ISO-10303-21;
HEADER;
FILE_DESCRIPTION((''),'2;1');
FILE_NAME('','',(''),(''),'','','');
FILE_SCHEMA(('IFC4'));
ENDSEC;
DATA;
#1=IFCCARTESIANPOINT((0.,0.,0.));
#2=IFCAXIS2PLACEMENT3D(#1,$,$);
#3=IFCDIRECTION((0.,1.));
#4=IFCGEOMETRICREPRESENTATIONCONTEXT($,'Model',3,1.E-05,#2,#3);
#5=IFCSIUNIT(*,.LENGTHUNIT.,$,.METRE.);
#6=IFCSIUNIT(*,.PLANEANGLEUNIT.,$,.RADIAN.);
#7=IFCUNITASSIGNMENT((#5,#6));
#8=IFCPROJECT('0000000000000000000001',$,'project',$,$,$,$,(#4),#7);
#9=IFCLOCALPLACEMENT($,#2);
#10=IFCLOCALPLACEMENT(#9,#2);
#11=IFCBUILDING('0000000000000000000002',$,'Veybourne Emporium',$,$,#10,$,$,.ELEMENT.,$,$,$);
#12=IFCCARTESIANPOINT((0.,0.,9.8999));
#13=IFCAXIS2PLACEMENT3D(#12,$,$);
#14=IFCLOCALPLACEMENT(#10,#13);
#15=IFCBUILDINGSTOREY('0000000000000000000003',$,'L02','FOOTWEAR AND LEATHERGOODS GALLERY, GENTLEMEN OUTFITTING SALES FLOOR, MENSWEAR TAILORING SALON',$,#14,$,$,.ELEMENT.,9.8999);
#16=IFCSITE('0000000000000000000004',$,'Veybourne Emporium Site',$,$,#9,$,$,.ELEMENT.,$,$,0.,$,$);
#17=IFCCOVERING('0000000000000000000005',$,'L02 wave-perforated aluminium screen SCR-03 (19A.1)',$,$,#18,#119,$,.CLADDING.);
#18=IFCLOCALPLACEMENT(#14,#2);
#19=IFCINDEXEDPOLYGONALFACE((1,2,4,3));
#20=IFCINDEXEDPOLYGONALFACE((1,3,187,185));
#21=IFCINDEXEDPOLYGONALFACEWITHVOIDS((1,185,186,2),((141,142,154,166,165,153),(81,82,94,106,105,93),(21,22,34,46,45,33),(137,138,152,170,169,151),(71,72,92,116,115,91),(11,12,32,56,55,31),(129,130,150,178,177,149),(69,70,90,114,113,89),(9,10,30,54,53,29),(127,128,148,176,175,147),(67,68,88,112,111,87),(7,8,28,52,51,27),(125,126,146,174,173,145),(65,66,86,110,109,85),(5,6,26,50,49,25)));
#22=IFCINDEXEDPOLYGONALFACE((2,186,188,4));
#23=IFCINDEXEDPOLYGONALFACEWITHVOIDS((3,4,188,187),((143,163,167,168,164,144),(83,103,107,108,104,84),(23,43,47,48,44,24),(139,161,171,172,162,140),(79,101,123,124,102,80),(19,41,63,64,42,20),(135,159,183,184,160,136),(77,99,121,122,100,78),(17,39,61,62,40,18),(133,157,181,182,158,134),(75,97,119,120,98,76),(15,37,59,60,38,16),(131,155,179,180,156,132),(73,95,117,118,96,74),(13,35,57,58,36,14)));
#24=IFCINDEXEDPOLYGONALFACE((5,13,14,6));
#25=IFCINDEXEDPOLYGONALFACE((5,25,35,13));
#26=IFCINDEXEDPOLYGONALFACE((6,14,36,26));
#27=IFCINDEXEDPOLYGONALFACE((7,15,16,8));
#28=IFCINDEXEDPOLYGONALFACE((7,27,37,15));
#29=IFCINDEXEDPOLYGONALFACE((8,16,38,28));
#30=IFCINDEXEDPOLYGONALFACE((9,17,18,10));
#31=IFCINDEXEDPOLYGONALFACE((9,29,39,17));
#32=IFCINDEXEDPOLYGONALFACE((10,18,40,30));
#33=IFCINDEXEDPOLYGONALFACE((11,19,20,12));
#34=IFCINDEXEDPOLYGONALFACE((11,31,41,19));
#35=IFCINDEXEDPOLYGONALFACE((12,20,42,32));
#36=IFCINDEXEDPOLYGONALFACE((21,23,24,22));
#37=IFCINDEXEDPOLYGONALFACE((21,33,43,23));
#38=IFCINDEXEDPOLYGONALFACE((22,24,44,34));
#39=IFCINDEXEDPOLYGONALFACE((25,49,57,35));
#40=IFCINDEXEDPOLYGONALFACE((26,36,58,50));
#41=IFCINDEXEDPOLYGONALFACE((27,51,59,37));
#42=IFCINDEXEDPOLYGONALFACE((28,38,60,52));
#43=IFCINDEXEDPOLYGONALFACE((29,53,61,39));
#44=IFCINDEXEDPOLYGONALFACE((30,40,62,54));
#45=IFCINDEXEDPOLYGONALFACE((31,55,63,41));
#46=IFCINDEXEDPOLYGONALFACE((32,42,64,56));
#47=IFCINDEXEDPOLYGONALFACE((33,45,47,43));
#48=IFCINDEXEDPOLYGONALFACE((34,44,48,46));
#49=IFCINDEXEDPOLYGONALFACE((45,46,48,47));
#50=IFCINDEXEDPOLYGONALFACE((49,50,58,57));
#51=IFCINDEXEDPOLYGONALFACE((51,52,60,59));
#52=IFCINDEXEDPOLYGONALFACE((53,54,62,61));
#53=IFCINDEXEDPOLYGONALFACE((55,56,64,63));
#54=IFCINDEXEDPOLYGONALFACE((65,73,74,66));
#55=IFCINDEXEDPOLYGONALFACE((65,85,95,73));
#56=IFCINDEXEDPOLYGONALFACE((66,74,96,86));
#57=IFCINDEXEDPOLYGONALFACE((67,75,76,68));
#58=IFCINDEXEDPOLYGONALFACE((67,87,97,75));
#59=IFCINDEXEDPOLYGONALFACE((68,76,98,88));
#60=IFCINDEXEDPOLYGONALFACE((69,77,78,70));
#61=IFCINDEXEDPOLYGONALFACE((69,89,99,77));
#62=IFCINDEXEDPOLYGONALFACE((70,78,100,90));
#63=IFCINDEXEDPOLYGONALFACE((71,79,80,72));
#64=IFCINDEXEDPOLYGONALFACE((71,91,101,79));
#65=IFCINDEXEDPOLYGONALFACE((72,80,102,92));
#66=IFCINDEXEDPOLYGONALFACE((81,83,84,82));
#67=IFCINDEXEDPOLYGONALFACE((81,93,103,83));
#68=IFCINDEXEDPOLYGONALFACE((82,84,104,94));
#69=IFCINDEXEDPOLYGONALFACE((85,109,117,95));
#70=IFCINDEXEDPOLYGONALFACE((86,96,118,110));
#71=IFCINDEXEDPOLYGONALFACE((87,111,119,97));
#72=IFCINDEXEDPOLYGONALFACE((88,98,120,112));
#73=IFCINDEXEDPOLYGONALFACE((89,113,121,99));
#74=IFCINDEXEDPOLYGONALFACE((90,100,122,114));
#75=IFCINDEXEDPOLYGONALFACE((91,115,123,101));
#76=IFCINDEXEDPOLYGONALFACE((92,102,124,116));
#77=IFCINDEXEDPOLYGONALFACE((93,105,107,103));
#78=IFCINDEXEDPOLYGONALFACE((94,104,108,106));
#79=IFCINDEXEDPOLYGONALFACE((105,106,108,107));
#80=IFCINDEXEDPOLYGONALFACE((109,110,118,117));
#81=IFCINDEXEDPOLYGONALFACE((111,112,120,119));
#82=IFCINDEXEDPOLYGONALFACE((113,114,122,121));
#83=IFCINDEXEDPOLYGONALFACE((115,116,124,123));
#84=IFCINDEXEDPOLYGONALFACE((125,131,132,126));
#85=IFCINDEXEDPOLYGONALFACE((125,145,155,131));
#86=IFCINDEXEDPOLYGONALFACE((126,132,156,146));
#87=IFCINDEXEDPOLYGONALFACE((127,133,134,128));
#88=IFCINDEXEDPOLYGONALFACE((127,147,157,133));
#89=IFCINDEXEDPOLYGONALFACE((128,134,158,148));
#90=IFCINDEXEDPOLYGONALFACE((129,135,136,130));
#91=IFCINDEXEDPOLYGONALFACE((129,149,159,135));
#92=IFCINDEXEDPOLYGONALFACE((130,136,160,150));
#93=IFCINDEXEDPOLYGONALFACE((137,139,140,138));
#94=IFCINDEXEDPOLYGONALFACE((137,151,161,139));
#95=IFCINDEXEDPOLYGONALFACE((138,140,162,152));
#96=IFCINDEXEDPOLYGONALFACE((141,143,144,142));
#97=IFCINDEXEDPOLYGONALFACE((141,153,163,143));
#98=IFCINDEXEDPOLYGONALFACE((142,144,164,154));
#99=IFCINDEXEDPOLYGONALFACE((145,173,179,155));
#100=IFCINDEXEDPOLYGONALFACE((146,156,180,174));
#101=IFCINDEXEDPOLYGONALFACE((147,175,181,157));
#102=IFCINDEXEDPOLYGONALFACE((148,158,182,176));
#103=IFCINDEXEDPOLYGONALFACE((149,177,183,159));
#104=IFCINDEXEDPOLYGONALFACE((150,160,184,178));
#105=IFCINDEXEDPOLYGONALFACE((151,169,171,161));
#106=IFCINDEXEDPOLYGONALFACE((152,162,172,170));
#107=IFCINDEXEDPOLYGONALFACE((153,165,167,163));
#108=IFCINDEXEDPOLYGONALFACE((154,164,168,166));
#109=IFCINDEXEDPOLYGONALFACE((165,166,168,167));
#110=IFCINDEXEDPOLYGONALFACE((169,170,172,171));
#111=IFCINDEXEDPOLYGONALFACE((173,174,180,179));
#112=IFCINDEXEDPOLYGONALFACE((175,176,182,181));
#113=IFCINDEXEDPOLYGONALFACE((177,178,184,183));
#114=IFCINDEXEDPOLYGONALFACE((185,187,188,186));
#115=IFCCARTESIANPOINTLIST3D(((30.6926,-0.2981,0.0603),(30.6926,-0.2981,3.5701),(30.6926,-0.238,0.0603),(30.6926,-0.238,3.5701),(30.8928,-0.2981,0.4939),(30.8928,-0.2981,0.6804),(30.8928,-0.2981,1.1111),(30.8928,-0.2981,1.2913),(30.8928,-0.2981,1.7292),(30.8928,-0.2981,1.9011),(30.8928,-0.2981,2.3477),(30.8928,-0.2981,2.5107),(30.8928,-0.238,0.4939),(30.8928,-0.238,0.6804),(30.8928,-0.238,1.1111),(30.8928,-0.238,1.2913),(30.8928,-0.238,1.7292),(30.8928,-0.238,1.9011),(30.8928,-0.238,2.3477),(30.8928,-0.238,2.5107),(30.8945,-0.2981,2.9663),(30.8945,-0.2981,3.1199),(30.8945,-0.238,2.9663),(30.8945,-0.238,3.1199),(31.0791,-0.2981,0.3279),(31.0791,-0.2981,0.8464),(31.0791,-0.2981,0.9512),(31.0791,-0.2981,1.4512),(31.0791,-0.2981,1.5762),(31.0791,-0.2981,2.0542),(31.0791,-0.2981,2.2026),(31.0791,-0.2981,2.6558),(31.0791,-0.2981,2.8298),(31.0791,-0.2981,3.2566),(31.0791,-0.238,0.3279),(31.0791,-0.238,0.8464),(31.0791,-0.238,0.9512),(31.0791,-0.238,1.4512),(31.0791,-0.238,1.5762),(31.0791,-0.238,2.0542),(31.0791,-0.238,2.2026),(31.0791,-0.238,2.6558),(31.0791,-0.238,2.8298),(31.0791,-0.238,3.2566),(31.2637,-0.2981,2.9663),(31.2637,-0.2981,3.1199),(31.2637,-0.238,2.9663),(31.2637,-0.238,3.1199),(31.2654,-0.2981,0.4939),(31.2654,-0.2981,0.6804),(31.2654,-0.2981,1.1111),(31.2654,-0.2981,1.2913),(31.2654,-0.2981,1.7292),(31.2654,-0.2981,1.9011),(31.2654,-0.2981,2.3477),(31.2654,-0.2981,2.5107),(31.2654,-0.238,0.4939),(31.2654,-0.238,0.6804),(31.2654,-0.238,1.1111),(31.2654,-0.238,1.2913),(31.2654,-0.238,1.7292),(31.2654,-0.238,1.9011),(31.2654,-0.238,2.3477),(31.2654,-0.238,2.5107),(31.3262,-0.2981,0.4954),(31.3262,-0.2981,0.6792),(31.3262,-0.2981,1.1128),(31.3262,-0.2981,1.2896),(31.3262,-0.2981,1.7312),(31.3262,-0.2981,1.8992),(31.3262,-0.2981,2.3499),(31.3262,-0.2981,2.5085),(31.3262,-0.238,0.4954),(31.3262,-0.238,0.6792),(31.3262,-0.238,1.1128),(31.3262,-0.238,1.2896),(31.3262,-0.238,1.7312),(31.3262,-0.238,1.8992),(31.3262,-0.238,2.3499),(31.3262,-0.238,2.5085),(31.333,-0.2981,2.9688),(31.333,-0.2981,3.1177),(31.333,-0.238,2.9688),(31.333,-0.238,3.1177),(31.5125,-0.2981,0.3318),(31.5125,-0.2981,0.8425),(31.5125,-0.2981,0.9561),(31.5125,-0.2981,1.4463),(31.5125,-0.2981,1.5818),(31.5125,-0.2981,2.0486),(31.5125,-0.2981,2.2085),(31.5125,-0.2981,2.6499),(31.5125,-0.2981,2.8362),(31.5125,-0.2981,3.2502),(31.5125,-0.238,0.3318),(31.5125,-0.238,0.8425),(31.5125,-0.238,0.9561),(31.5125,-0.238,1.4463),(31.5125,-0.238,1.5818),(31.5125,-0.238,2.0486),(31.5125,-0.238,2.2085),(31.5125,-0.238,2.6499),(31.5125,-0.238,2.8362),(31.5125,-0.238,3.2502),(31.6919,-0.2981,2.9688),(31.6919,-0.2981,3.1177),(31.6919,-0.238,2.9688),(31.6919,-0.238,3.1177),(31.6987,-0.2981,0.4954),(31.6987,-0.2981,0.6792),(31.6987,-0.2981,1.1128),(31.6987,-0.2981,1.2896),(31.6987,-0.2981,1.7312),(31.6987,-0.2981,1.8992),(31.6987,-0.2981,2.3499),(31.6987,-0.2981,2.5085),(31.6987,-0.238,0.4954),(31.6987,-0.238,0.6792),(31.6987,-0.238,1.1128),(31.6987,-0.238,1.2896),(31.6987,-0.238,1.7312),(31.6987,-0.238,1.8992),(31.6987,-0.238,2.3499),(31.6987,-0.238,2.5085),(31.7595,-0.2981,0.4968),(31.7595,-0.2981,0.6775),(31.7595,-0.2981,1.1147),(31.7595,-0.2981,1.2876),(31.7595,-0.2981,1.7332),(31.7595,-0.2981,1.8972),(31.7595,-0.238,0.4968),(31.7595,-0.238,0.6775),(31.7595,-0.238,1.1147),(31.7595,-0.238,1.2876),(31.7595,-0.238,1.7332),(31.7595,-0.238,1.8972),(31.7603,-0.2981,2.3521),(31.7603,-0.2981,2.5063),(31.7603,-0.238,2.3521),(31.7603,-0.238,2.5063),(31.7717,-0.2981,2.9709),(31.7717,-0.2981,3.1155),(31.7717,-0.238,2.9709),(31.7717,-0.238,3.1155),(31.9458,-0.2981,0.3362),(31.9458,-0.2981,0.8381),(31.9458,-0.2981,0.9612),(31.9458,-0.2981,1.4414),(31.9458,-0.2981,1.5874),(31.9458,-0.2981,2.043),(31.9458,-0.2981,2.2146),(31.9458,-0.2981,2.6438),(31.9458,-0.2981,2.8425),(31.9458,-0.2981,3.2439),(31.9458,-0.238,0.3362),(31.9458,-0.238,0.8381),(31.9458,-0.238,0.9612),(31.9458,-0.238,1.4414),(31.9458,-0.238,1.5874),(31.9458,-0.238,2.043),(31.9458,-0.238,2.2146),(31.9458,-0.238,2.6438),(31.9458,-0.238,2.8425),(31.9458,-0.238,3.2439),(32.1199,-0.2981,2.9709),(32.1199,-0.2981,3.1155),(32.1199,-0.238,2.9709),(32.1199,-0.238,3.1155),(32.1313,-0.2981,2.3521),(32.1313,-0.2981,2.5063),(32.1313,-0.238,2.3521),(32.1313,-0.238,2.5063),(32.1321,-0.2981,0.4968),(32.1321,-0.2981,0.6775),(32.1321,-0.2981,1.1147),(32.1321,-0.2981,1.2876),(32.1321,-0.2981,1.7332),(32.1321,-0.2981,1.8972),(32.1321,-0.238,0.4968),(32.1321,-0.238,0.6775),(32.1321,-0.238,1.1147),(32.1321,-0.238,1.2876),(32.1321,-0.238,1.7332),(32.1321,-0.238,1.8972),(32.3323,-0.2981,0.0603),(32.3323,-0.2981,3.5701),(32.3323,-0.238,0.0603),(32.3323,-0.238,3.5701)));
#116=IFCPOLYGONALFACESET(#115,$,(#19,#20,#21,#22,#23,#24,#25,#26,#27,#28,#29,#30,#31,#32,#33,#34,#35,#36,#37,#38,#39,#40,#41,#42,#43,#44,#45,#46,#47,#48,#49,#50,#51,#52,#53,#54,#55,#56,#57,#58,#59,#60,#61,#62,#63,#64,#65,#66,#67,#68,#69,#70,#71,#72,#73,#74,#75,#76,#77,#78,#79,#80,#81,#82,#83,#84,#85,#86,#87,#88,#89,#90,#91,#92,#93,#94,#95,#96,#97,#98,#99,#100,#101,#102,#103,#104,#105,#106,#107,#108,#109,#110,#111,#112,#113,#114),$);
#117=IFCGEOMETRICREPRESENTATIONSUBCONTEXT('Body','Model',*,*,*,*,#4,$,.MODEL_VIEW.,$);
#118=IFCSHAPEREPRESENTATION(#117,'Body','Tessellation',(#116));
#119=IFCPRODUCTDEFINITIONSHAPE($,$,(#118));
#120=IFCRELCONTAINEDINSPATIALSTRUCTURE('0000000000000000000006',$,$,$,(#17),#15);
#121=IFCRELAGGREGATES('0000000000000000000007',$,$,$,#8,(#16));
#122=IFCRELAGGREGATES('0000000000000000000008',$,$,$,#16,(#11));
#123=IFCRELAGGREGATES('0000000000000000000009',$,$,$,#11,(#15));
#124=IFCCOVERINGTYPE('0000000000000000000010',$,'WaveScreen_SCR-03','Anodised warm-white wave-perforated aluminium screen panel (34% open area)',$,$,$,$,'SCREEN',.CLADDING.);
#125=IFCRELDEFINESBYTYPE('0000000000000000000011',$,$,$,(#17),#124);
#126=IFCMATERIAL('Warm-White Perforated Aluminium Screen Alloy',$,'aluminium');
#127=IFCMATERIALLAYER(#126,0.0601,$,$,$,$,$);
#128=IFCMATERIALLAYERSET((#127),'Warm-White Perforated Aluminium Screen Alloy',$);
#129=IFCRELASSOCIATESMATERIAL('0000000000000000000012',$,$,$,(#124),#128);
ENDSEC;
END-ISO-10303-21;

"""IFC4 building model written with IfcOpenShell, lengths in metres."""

from ifc_helpers import new_model, si_unit, direction, frame, origin, place, context, subcontext, project, spatial, polyline, outline, extrude, material, layer, layer_set, type_object, element, save


model = new_model("IFC4")

# Units and contexts
model_context = context("Model", 3, precision=1e-05, world=origin(), true_north=direction((0.0, 1.0)))
body_context = subcontext(model_context, "Body", "Model", "MODEL_VIEW")
ifc_project = project(units=[si_unit("LENGTHUNIT", "METRE"), si_unit("PLANEANGLEUNIT", "RADIAN")], contexts=[model_context])

# Site, building, storey
site_placement = place(None, origin())
site = spatial("IfcSite", under=ifc_project, at=site_placement, Name="Veybourne Emporium Site", CompositionType="ELEMENT", RefElevation=0.0)
building_placement = place(site_placement, origin())
building = spatial("IfcBuilding", under=site, at=building_placement, Name="Veybourne Emporium", CompositionType="ELEMENT")
storey_placement = place(building_placement, frame((0.0, 0.0, 9.8999)))
storey = spatial("IfcBuildingStorey", under=building, at=storey_placement, Name="L02", Description="FOOTWEAR AND LEATHERGOODS GALLERY, GENTLEMEN OUTFITTING SALES FLOOR, MENSWEAR TAILORING SALON", CompositionType="ELEMENT", Elevation=9.8999)

# Covering
ifc_material_1 = material(Name="Warm-White Perforated Aluminium Screen Alloy", Category="aluminium")
ifc_layer_1 = layer(ifc_material_1, 0.0601)
ifc_layer_set_1 = layer_set([ifc_layer_1], Name="Warm-White Perforated Aluminium Screen Alloy")
covering_type_1 = type_object("IfcCoveringType", Name="WaveScreen_SCR-03", Description="Anodised warm-white wave-perforated aluminium screen panel (34% open area)", ElementType="SCREEN", PredefinedType="CLADDING", material=ifc_layer_set_1)
covering_1_placement = place(storey_placement, frame((31.5125, -0.2981, 1.8152), z_axis=(0.0, 1.0, 0.0), x_axis=(-1.0, 0.0, 0.0)))
element("IfcCovering", 1, at=covering_1_placement, inside=storey, type_object=covering_type_1, Name="L02 wave-perforated aluminium screen SCR-03 (19A.1)", PredefinedType="CLADDING", context=body_context, shape_type="SweptSolid", body=[
    extrude(outline(polyline([(-0.8198, -1.7549), (0.8198, -1.7549), (0.8198, 1.7549), (-0.8198, 1.7549), (-0.8198, -1.7549)]), holes=[polyline([(-0.4333, -0.9771), (-0.2471, -1.1377), (-0.2471, -1.3184), (-0.4333, -1.479), (-0.6196, -1.3184), (-0.6196, -1.1377), (-0.4333, -0.9771)]), polyline([(-0.4333, -0.3738), (-0.2471, -0.5276), (-0.2471, -0.7004), (-0.4333, -0.854), (-0.6196, -0.7004), (-0.6196, -0.5276), (-0.4333, -0.3738)]), polyline([(-0.4333, 0.2278), (-0.2471, 0.082), (-0.2471, -0.082), (-0.4333, -0.2278), (-0.6196, -0.082), (-0.6196, 0.082), (-0.4333, 0.2278)]), polyline([(-0.4333, 0.8286), (-0.2478, 0.6912), (-0.2478, 0.5369), (-0.4333, 0.3994), (-0.6189, 0.5369), (-0.6189, 0.6912), (-0.4333, 0.8286)]), polyline([(-0.4333, 1.4287), (-0.2593, 1.3003), (-0.2593, 1.1558), (-0.4333, 1.0273), (-0.6074, 1.1558), (-0.6074, 1.3003), (-0.4333, 1.4287)]), polyline([(0.0, -0.9727), (0.1863, -1.136), (0.1863, -1.3198), (0.0, -1.4834), (-0.1863, -1.3198), (-0.1863, -1.136), (0.0, -0.9727)]), polyline([(0.0, -0.3689), (0.1863, -0.5256), (0.1863, -0.7024), (0.0, -0.8591), (-0.1863, -0.7024), (-0.1863, -0.5256), (0.0, -0.3689)]), polyline([(0.0, 0.2334), (0.1863, 0.084), (0.1863, -0.084), (0.0, -0.2334), (-0.1863, -0.084), (-0.1863, 0.084), (0.0, 0.2334)]), polyline([(0.0, 0.8347), (0.1863, 0.6934), (0.1863, 0.5347), (0.0, 0.3933), (-0.1863, 0.5347), (-0.1863, 0.6934), (0.0, 0.8347)]), polyline([(0.0, 1.4351), (0.1794, 1.3025), (0.1794, 1.1536), (0.0, 1.021), (-0.1794, 1.1536), (-0.1794, 1.3025), (0.0, 1.4351)]), polyline([(0.4333, -0.9688), (0.6196, -1.1348), (0.6196, -1.3213), (0.4333, -1.4873), (0.2471, -1.3213), (0.2471, -1.1348), (0.4333, -0.9688)]), polyline([(0.4333, -0.364), (0.6196, -0.5239), (0.6196, -0.7041), (0.4333, -0.864), (0.2471, -0.7041), (0.2471, -0.5239), (0.4333, -0.364)]), polyline([(0.4333, 0.239), (0.6196, 0.0859), (0.6196, -0.0859), (0.4333, -0.239), (0.2471, -0.0859), (0.2471, 0.0859), (0.4333, 0.239)]), polyline([(0.4333, 0.8406), (0.6196, 0.6956), (0.6196, 0.5325), (0.4333, 0.3875), (0.2471, 0.5325), (0.2471, 0.6956), (0.4333, 0.8406)]), polyline([(0.4333, 1.4414), (0.6179, 1.3047), (0.6179, 1.1511), (0.4333, 1.0146), (0.2488, 1.1511), (0.2488, 1.3047), (0.4333, 1.4414)])]), origin(), (0.0, 0.0, 1.0), 0.0601),
])

save(model, "model.ifc")
